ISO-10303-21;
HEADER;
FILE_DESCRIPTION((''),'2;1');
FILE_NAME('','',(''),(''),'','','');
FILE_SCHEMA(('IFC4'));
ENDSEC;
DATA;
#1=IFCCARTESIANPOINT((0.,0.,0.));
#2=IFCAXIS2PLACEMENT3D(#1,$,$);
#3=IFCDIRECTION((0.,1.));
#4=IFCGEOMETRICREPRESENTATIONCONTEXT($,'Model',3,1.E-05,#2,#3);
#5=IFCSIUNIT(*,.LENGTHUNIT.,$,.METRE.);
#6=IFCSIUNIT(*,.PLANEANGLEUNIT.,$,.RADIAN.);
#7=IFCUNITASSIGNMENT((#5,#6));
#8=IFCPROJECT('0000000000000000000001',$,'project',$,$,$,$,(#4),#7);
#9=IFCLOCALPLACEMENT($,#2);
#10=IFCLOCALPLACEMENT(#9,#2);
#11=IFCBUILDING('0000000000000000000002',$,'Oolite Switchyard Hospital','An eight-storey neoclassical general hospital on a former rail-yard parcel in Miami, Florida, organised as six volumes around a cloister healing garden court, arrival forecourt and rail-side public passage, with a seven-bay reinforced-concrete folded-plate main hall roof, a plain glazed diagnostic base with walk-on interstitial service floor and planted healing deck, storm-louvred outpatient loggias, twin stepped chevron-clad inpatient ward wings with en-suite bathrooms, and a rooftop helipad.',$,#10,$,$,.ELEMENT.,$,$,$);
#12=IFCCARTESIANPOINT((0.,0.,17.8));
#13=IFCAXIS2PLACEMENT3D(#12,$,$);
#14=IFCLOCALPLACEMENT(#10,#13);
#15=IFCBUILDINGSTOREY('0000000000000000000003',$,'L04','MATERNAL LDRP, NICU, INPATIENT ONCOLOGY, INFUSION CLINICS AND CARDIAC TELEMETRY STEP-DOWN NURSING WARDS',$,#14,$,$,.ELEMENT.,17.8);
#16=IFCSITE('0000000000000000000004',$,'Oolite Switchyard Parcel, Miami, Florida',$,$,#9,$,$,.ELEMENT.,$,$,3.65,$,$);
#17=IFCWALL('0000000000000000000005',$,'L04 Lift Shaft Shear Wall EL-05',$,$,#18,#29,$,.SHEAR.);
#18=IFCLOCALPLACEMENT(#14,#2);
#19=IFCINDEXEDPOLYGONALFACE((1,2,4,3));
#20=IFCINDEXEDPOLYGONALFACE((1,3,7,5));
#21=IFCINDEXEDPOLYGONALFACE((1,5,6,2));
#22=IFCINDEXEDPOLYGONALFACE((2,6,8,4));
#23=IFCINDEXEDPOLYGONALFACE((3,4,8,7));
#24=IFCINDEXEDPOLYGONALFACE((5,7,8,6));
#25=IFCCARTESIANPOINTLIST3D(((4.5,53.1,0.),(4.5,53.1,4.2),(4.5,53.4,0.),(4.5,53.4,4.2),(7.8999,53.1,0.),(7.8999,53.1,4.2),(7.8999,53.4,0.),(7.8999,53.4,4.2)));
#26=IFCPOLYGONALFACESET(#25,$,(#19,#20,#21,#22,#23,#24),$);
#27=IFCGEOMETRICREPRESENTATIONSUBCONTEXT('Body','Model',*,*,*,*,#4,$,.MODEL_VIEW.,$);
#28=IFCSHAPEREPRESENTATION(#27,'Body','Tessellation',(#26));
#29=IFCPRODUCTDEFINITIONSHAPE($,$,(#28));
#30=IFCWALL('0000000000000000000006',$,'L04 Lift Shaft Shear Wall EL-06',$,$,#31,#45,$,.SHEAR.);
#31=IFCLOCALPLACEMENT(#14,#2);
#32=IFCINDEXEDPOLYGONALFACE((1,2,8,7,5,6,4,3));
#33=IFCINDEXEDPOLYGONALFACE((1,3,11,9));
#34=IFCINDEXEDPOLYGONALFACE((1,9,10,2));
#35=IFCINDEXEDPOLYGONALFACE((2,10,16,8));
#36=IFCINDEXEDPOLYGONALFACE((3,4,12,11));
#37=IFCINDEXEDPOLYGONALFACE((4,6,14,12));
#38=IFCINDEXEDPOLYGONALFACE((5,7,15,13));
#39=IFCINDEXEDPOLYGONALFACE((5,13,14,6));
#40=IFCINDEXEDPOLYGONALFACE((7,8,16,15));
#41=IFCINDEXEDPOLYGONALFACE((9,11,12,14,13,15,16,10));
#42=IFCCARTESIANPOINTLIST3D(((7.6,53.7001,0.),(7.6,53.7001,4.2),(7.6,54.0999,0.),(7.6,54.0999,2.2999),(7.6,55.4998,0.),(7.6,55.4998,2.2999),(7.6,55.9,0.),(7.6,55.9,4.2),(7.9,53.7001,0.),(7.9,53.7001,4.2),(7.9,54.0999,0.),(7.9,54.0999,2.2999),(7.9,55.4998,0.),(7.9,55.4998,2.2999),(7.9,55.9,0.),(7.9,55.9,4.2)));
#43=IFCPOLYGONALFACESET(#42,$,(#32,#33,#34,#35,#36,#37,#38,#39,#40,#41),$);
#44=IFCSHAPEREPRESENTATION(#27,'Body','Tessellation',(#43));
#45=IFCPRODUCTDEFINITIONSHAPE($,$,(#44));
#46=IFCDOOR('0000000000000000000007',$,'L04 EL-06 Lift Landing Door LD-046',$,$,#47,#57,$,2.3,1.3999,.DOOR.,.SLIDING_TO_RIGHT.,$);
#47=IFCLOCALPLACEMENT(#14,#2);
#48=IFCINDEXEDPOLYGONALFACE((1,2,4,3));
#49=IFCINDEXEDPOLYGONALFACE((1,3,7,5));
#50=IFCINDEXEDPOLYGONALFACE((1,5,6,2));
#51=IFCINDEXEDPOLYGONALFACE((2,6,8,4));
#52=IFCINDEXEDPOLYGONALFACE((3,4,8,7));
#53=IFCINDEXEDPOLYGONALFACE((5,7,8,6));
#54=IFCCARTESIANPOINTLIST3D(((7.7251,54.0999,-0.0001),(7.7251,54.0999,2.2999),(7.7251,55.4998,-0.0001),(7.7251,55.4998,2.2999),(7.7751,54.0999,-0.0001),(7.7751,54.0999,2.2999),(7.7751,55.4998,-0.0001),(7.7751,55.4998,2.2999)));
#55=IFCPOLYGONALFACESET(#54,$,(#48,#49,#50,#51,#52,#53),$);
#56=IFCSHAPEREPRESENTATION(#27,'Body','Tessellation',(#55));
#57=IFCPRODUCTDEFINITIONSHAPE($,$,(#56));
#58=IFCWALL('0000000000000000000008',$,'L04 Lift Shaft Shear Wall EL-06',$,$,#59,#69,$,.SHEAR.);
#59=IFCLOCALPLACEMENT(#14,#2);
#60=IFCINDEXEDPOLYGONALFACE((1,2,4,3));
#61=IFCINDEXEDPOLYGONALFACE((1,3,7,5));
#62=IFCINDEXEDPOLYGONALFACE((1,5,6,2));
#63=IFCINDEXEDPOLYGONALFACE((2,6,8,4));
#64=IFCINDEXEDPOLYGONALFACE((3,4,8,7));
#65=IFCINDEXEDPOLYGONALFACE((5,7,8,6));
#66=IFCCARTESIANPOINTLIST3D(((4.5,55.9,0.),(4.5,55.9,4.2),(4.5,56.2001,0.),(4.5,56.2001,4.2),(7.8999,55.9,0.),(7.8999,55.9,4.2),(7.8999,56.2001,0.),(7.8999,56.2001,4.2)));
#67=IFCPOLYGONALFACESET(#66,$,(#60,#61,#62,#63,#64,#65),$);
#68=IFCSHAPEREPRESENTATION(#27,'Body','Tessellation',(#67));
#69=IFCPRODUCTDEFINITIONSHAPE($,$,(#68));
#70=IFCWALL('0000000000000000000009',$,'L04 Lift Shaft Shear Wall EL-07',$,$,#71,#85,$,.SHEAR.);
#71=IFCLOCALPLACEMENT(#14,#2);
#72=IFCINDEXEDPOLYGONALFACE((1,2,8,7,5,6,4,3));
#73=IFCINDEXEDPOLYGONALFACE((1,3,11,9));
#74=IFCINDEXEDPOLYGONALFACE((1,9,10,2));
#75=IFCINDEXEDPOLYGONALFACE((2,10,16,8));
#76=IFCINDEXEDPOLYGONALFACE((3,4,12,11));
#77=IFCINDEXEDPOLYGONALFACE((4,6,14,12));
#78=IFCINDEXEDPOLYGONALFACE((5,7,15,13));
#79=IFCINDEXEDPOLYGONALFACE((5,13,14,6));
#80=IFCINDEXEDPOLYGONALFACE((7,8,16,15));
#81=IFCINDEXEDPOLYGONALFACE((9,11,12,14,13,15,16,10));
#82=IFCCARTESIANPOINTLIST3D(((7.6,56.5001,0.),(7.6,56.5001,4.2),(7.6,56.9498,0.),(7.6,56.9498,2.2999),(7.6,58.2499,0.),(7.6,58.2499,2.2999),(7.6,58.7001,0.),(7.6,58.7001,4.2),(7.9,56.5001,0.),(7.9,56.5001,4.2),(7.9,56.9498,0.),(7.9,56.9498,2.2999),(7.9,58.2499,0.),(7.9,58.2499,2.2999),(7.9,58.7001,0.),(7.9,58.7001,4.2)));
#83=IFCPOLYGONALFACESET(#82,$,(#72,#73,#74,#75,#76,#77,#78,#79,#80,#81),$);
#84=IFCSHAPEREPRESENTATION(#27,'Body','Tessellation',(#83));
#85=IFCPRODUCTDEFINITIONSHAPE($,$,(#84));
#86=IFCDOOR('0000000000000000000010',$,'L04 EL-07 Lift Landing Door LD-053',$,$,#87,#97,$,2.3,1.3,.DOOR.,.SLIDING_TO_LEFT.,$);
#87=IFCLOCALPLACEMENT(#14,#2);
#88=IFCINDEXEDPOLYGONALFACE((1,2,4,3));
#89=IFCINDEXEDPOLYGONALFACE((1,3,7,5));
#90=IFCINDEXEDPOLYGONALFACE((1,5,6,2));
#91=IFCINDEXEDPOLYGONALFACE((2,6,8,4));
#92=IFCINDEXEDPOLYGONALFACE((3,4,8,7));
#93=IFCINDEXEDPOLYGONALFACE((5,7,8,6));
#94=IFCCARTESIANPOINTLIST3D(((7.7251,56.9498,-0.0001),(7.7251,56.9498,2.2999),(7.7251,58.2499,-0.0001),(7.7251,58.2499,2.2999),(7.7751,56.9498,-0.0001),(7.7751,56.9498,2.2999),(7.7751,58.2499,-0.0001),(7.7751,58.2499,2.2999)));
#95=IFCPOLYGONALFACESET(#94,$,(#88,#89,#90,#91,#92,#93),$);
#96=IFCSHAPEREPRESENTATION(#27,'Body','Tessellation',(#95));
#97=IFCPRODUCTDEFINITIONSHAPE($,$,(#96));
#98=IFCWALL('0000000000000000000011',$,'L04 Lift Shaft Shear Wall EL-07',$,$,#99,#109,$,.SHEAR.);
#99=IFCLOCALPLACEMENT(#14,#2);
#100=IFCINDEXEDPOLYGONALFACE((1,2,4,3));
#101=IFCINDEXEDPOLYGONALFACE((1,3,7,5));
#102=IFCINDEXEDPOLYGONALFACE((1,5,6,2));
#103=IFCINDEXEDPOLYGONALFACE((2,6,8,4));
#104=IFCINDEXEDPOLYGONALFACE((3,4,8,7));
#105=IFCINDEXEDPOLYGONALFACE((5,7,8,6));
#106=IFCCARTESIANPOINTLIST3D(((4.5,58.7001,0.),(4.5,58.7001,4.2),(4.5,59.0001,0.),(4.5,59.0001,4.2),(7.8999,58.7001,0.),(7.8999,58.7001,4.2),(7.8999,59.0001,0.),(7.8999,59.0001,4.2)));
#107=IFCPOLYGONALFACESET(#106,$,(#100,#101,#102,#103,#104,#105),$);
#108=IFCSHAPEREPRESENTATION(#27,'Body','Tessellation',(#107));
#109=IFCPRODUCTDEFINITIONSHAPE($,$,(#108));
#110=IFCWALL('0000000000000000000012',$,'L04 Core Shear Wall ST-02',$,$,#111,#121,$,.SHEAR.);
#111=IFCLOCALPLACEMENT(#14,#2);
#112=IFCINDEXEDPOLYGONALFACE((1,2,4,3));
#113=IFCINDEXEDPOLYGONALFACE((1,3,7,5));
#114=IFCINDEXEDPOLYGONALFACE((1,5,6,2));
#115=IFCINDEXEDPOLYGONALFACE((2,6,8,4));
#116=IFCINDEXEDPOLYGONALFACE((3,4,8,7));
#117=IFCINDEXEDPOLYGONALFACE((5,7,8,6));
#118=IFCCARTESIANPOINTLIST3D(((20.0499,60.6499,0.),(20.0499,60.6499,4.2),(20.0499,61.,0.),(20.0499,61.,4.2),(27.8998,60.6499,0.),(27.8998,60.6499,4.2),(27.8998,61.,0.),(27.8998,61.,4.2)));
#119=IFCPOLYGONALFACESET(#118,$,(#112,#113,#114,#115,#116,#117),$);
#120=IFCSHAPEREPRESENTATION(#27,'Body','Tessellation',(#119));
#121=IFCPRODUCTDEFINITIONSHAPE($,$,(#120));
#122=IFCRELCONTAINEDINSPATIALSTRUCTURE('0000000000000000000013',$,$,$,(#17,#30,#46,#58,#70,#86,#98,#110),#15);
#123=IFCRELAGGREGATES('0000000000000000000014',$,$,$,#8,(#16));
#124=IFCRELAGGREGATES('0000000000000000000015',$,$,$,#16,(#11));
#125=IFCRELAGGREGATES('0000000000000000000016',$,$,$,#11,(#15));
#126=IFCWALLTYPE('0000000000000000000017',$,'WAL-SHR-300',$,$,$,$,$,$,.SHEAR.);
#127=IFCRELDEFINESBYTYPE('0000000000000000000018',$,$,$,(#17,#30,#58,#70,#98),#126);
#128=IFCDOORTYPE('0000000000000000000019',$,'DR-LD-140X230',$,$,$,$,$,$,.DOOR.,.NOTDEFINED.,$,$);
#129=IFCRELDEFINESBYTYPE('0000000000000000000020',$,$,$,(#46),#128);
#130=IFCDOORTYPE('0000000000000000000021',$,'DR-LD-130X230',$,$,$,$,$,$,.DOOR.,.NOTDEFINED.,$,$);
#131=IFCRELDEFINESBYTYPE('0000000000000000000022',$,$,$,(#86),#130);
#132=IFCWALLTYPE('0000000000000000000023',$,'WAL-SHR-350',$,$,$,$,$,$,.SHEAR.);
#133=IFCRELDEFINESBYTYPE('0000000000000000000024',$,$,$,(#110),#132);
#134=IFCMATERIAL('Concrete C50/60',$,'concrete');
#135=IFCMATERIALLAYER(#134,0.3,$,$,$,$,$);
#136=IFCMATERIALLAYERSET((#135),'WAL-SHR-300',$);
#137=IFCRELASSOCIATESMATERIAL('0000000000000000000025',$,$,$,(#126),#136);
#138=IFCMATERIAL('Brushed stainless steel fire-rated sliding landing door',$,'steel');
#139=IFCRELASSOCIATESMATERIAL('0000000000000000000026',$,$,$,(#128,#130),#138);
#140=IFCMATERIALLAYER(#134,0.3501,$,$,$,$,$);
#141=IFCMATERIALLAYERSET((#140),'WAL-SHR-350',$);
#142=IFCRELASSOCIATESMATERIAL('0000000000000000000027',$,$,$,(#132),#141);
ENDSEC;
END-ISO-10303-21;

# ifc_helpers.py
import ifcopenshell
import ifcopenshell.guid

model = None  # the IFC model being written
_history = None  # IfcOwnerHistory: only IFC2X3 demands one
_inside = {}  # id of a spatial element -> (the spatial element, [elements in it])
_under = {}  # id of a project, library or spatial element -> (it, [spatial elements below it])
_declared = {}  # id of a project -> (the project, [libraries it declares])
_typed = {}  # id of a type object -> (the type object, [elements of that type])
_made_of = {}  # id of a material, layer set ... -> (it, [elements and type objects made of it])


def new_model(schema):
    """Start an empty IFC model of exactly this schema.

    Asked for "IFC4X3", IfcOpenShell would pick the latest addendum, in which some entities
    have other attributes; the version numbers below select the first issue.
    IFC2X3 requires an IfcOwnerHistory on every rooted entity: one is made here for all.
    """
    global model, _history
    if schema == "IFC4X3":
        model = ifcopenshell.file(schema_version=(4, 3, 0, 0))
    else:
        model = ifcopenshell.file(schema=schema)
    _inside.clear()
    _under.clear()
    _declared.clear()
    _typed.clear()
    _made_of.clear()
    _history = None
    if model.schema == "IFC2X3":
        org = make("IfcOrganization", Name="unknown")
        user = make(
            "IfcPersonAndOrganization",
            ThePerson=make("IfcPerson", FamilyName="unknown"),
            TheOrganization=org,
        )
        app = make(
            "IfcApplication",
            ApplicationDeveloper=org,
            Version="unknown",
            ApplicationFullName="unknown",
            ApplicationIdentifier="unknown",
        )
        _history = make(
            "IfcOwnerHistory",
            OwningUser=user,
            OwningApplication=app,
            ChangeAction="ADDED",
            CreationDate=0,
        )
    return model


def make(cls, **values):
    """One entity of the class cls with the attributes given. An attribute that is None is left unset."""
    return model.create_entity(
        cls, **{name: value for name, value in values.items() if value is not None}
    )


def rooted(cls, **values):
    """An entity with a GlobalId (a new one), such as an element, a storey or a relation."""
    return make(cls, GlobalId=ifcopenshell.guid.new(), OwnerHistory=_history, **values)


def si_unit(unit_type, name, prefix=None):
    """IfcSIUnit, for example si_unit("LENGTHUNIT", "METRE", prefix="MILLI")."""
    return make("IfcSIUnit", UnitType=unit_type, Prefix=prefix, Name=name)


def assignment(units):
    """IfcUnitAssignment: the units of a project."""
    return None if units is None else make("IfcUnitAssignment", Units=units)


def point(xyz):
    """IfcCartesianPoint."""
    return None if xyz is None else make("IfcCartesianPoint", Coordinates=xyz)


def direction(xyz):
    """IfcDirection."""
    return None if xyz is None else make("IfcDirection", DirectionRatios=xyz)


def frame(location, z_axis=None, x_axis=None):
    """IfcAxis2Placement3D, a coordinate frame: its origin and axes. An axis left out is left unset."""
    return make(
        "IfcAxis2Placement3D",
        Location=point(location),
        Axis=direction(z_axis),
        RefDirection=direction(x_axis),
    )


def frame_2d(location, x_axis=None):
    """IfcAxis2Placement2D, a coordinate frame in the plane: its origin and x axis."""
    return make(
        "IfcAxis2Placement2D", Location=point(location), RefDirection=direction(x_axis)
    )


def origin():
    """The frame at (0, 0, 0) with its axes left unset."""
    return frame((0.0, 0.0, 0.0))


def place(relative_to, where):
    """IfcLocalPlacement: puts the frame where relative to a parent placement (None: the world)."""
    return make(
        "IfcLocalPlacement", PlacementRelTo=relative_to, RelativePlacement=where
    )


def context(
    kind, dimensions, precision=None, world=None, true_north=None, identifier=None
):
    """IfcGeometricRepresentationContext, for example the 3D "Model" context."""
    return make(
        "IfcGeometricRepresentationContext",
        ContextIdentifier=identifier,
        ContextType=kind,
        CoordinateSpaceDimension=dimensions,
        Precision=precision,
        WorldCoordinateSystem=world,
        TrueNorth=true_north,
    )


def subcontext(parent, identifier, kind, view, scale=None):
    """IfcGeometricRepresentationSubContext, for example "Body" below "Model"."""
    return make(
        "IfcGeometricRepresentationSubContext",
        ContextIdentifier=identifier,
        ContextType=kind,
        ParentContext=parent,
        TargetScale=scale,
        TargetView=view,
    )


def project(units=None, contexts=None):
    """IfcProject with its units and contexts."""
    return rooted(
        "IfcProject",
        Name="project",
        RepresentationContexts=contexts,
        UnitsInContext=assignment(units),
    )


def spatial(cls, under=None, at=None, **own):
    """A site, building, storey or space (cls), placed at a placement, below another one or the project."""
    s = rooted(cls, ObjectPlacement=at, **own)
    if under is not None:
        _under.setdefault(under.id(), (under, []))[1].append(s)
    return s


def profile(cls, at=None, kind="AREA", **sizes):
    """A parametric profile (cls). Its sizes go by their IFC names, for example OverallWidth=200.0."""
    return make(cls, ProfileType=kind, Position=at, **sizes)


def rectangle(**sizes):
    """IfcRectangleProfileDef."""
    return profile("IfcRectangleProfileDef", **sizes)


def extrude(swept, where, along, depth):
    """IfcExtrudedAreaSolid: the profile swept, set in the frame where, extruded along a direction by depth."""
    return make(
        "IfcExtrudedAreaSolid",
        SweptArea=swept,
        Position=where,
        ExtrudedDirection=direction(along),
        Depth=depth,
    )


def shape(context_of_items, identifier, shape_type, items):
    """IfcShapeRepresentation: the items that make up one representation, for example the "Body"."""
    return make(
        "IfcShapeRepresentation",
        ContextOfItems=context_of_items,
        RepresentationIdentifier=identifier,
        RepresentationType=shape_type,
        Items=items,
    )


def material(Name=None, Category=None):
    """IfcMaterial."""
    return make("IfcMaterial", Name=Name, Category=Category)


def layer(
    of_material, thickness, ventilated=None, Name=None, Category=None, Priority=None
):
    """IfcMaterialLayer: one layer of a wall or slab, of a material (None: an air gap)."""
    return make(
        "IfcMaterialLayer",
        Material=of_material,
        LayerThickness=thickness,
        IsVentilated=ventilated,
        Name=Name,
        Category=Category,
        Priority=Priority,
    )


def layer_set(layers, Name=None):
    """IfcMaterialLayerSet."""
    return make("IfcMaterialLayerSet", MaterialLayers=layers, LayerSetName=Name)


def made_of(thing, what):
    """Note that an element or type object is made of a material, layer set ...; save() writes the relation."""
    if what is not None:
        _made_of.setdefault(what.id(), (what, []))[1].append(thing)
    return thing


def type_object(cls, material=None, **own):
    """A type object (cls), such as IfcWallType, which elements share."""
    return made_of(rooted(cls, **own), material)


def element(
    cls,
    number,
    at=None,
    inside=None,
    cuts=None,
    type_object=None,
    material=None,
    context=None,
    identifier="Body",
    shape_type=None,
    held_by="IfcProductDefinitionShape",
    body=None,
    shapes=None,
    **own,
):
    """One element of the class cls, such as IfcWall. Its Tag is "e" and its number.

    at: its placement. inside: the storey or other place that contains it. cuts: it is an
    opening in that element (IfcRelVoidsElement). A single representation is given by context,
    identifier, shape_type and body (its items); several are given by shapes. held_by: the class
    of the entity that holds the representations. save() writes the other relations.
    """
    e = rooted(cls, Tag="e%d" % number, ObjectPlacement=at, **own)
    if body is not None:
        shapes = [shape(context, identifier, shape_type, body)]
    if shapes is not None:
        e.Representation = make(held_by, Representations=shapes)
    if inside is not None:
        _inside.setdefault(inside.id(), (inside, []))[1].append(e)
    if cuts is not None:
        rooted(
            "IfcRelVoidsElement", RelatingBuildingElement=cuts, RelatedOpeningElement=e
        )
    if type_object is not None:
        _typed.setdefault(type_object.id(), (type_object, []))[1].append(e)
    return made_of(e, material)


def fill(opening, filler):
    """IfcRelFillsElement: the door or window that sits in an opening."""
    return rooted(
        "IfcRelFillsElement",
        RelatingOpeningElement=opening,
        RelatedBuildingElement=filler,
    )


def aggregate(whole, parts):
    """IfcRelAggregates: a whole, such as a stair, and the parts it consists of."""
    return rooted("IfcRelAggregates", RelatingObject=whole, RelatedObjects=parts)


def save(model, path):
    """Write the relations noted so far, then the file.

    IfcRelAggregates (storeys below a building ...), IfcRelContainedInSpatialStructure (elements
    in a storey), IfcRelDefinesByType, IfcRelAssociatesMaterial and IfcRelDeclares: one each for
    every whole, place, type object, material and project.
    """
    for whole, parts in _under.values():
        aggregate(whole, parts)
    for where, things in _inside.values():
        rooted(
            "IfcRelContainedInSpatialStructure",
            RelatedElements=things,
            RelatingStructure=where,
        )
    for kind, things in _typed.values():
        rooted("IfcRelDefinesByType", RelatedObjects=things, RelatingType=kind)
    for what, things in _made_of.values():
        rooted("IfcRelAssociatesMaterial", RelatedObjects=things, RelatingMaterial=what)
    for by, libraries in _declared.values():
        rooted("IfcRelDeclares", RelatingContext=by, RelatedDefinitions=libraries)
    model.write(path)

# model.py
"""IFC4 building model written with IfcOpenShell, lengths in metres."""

from ifc_helpers import new_model, si_unit, direction, frame, frame_2d, origin, place, context, subcontext, project, spatial, rectangle, extrude, material, layer, layer_set, type_object, element, fill, save


model = new_model("IFC4")

# Units and contexts
model_context = context("Model", 3, precision=1e-05, world=origin(), true_north=direction((0.0, 1.0)))
body_context = subcontext(model_context, "Body", "Model", "MODEL_VIEW")
ifc_project = project(units=[si_unit("LENGTHUNIT", "METRE"), si_unit("PLANEANGLEUNIT", "RADIAN")], contexts=[model_context])

# Site, building, storey
site_placement = place(None, origin())
site = spatial("IfcSite", under=ifc_project, at=site_placement, Name="Oolite Switchyard Parcel, Miami, Florida", CompositionType="ELEMENT", RefElevation=3.65)
building_placement = place(site_placement, origin())
building = spatial("IfcBuilding", under=site, at=building_placement, Name="Oolite Switchyard Hospital", Description="An eight-storey neoclassical general hospital on a former rail-yard parcel in Miami, Florida, organised as six volumes around a cloister healing garden court, arrival forecourt and rail-side public passage, with a seven-bay reinforced-concrete folded-plate main hall roof, a plain glazed diagnostic base with walk-on interstitial service floor and planted healing deck, storm-louvred outpatient loggias, twin stepped chevron-clad inpatient ward wings with en-suite bathrooms, and a rooftop helipad.", CompositionType="ELEMENT")
storey_placement = place(building_placement, frame((0.0, 0.0, 17.8)))
storey = spatial("IfcBuildingStorey", under=building, at=storey_placement, Name="L04", Description="MATERNAL LDRP, NICU, INPATIENT ONCOLOGY, INFUSION CLINICS AND CARDIAC TELEMETRY STEP-DOWN NURSING WARDS", CompositionType="ELEMENT", Elevation=17.8)

# Shared definitions
ifc_material_1 = material(Name="Concrete C50/60", Category="concrete")

# Wall
ifc_layer_1 = layer(ifc_material_1, 0.3)
ifc_layer_set_1 = layer_set([ifc_layer_1], Name="WAL-SHR-300")
wall_type_1 = type_object("IfcWallType", Name="WAL-SHR-300", PredefinedType="SHEAR", material=ifc_layer_set_1)
wall_1_placement = place(storey_placement, frame((7.8999, 53.25, 0.0), z_axis=(0.0, 0.0, 1.0), x_axis=(-1.0, 0.0, 0.0)))
element("IfcWall", 1, at=wall_1_placement, inside=storey, type_object=wall_type_1, Name="L04 Lift Shaft Shear Wall EL-05", PredefinedType="SHEAR", context=body_context, shape_type="SweptSolid", body=[
    extrude(rectangle(XDim=3.3999, YDim=0.3, at=frame_2d((1.7, 0.0))), origin(), (0.0, 0.0, 1.0), 4.2),
])

# Wall, opening, door
wall_2_placement = place(storey_placement, frame((7.75, 53.7, 0.0), z_axis=(0.0, 0.0, 1.0), x_axis=(0.0, 1.0, 0.0)))
wall_2 = element("IfcWall", 2, at=wall_2_placement, inside=storey, type_object=wall_type_1, Name="L04 Lift Shaft Shear Wall EL-06", PredefinedType="SHEAR", context=body_context, shape_type="SweptSolid", body=[
    extrude(rectangle(XDim=2.2, YDim=0.3, at=frame_2d((1.1001, 0.0))), origin(), (0.0, 0.0, 1.0), 4.2),
])
opening_1_placement = place(wall_2_placement, frame((0.3999, 0.0, 0.0)))
opening_1 = element("IfcOpeningElement", 3, at=opening_1_placement, cuts=wall_2, PredefinedType="OPENING", context=body_context, shape_type="SweptSolid", body=[
    extrude(rectangle(XDim=1.3999, YDim=2.3, at=frame_2d((0.7, 1.1499))), frame((0.0, 0.1602, 0.0), z_axis=(0.0, -1.0, 0.0), x_axis=(1.0, 0.0, 0.0)), (0.0, 0.0, 1.0), 0.3201),
])
ifc_material_2 = material(Name="Brushed stainless steel fire-rated sliding landing door", Category="steel")
door_type_1 = type_object("IfcDoorType", Name="DR-LD-140X230", OperationType="NOTDEFINED", PredefinedType="DOOR", material=ifc_material_2)
door_1_placement = place(opening_1_placement, origin())
door_1 = element("IfcDoor", 4, at=door_1_placement, inside=storey, type_object=door_type_1, Name="L04 EL-06 Lift Landing Door LD-046", OperationType="SLIDING_TO_RIGHT", OverallHeight=2.3, OverallWidth=1.3999, PredefinedType="DOOR", context=body_context, shape_type="SweptSolid", body=[
    extrude(rectangle(XDim=1.3999, YDim=2.3, at=frame_2d((0.7, 1.1499))), frame((0.0, 0.0249, 0.0), z_axis=(0.0, -1.0, 0.0), x_axis=(1.0, 0.0, 0.0)), (0.0, 0.0, 1.0), 0.05),
])
fill(opening_1, door_1)

# Wall
wall_3_placement = place(storey_placement, frame((7.8999, 56.05, 0.0), z_axis=(0.0, 0.0, 1.0), x_axis=(-1.0, 0.0, 0.0)))
element("IfcWall", 5, at=wall_3_placement, inside=storey, type_object=wall_type_1, Name="L04 Lift Shaft Shear Wall EL-06", PredefinedType="SHEAR", context=body_context, shape_type="SweptSolid", body=[
    extrude(rectangle(XDim=3.3999, YDim=0.3, at=frame_2d((1.7, 0.0))), origin(), (0.0, 0.0, 1.0), 4.2),
])

# Wall, opening, door
wall_4_placement = place(storey_placement, frame((7.75, 56.5, 0.0), z_axis=(0.0, 0.0, 1.0), x_axis=(0.0, 1.0, 0.0)))
wall_4 = element("IfcWall", 6, at=wall_4_placement, inside=storey, type_object=wall_type_1, Name="L04 Lift Shaft Shear Wall EL-07", PredefinedType="SHEAR", context=body_context, shape_type="SweptSolid", body=[
    extrude(rectangle(XDim=2.2, YDim=0.3, at=frame_2d((1.1001, 0.0))), origin(), (0.0, 0.0, 1.0), 4.2),
])
opening_2_placement = place(wall_4_placement, frame((0.45, 0.0, 0.0)))
opening_2 = element("IfcOpeningElement", 7, at=opening_2_placement, cuts=wall_4, PredefinedType="OPENING", context=body_context, shape_type="SweptSolid", body=[
    extrude(rectangle(XDim=1.3, YDim=2.3, at=frame_2d((0.6499, 1.1499))), frame((0.0, 0.1602, 0.0), z_axis=(0.0, -1.0, 0.0), x_axis=(1.0, 0.0, 0.0)), (0.0, 0.0, 1.0), 0.3201),
])
door_type_2 = type_object("IfcDoorType", Name="DR-LD-130X230", OperationType="NOTDEFINED", PredefinedType="DOOR", material=ifc_material_2)
door_2_placement = place(opening_2_placement, origin())
door_2 = element("IfcDoor", 8, at=door_2_placement, inside=storey, type_object=door_type_2, Name="L04 EL-07 Lift Landing Door LD-053", OperationType="SLIDING_TO_LEFT", OverallHeight=2.3, OverallWidth=1.3, PredefinedType="DOOR", context=body_context, shape_type="SweptSolid", body=[
    extrude(rectangle(XDim=1.3, YDim=2.3, at=frame_2d((0.6499, 1.1499))), frame((0.0, 0.0249, 0.0), z_axis=(0.0, -1.0, 0.0), x_axis=(1.0, 0.0, 0.0)), (0.0, 0.0, 1.0), 0.05),
])
fill(opening_2, door_2)

# Walls
wall_5_placement = place(storey_placement, frame((7.8999, 58.8501, 0.0), z_axis=(0.0, 0.0, 1.0), x_axis=(-1.0, 0.0, 0.0)))
element("IfcWall", 9, at=wall_5_placement, inside=storey, type_object=wall_type_1, Name="L04 Lift Shaft Shear Wall EL-07", PredefinedType="SHEAR", context=body_context, shape_type="SweptSolid", body=[
    extrude(rectangle(XDim=3.3999, YDim=0.3, at=frame_2d((1.7, 0.0))), origin(), (0.0, 0.0, 1.0), 4.2),
])
ifc_layer_2 = layer(ifc_material_1, 0.3501)
ifc_layer_set_2 = layer_set([ifc_layer_2], Name="WAL-SHR-350")
wall_type_2 = type_object("IfcWallType", Name="WAL-SHR-350", PredefinedType="SHEAR", material=ifc_layer_set_2)
wall_6_placement = place(storey_placement, frame((20.05, 60.825, 0.0), z_axis=(0.0, 0.0, 1.0), x_axis=(1.0, 0.0, 0.0)))
element("IfcWall", 10, at=wall_6_placement, inside=storey, type_object=wall_type_2, Name="L04 Core Shear Wall ST-02", PredefinedType="SHEAR", context=body_context, shape_type="SweptSolid", body=[
    extrude(rectangle(XDim=7.8499, YDim=0.3501, at=frame_2d((3.9248, 0.0))), origin(), (0.0, 0.0, 1.0), 4.2),
])

save(model, "model.ifc")
